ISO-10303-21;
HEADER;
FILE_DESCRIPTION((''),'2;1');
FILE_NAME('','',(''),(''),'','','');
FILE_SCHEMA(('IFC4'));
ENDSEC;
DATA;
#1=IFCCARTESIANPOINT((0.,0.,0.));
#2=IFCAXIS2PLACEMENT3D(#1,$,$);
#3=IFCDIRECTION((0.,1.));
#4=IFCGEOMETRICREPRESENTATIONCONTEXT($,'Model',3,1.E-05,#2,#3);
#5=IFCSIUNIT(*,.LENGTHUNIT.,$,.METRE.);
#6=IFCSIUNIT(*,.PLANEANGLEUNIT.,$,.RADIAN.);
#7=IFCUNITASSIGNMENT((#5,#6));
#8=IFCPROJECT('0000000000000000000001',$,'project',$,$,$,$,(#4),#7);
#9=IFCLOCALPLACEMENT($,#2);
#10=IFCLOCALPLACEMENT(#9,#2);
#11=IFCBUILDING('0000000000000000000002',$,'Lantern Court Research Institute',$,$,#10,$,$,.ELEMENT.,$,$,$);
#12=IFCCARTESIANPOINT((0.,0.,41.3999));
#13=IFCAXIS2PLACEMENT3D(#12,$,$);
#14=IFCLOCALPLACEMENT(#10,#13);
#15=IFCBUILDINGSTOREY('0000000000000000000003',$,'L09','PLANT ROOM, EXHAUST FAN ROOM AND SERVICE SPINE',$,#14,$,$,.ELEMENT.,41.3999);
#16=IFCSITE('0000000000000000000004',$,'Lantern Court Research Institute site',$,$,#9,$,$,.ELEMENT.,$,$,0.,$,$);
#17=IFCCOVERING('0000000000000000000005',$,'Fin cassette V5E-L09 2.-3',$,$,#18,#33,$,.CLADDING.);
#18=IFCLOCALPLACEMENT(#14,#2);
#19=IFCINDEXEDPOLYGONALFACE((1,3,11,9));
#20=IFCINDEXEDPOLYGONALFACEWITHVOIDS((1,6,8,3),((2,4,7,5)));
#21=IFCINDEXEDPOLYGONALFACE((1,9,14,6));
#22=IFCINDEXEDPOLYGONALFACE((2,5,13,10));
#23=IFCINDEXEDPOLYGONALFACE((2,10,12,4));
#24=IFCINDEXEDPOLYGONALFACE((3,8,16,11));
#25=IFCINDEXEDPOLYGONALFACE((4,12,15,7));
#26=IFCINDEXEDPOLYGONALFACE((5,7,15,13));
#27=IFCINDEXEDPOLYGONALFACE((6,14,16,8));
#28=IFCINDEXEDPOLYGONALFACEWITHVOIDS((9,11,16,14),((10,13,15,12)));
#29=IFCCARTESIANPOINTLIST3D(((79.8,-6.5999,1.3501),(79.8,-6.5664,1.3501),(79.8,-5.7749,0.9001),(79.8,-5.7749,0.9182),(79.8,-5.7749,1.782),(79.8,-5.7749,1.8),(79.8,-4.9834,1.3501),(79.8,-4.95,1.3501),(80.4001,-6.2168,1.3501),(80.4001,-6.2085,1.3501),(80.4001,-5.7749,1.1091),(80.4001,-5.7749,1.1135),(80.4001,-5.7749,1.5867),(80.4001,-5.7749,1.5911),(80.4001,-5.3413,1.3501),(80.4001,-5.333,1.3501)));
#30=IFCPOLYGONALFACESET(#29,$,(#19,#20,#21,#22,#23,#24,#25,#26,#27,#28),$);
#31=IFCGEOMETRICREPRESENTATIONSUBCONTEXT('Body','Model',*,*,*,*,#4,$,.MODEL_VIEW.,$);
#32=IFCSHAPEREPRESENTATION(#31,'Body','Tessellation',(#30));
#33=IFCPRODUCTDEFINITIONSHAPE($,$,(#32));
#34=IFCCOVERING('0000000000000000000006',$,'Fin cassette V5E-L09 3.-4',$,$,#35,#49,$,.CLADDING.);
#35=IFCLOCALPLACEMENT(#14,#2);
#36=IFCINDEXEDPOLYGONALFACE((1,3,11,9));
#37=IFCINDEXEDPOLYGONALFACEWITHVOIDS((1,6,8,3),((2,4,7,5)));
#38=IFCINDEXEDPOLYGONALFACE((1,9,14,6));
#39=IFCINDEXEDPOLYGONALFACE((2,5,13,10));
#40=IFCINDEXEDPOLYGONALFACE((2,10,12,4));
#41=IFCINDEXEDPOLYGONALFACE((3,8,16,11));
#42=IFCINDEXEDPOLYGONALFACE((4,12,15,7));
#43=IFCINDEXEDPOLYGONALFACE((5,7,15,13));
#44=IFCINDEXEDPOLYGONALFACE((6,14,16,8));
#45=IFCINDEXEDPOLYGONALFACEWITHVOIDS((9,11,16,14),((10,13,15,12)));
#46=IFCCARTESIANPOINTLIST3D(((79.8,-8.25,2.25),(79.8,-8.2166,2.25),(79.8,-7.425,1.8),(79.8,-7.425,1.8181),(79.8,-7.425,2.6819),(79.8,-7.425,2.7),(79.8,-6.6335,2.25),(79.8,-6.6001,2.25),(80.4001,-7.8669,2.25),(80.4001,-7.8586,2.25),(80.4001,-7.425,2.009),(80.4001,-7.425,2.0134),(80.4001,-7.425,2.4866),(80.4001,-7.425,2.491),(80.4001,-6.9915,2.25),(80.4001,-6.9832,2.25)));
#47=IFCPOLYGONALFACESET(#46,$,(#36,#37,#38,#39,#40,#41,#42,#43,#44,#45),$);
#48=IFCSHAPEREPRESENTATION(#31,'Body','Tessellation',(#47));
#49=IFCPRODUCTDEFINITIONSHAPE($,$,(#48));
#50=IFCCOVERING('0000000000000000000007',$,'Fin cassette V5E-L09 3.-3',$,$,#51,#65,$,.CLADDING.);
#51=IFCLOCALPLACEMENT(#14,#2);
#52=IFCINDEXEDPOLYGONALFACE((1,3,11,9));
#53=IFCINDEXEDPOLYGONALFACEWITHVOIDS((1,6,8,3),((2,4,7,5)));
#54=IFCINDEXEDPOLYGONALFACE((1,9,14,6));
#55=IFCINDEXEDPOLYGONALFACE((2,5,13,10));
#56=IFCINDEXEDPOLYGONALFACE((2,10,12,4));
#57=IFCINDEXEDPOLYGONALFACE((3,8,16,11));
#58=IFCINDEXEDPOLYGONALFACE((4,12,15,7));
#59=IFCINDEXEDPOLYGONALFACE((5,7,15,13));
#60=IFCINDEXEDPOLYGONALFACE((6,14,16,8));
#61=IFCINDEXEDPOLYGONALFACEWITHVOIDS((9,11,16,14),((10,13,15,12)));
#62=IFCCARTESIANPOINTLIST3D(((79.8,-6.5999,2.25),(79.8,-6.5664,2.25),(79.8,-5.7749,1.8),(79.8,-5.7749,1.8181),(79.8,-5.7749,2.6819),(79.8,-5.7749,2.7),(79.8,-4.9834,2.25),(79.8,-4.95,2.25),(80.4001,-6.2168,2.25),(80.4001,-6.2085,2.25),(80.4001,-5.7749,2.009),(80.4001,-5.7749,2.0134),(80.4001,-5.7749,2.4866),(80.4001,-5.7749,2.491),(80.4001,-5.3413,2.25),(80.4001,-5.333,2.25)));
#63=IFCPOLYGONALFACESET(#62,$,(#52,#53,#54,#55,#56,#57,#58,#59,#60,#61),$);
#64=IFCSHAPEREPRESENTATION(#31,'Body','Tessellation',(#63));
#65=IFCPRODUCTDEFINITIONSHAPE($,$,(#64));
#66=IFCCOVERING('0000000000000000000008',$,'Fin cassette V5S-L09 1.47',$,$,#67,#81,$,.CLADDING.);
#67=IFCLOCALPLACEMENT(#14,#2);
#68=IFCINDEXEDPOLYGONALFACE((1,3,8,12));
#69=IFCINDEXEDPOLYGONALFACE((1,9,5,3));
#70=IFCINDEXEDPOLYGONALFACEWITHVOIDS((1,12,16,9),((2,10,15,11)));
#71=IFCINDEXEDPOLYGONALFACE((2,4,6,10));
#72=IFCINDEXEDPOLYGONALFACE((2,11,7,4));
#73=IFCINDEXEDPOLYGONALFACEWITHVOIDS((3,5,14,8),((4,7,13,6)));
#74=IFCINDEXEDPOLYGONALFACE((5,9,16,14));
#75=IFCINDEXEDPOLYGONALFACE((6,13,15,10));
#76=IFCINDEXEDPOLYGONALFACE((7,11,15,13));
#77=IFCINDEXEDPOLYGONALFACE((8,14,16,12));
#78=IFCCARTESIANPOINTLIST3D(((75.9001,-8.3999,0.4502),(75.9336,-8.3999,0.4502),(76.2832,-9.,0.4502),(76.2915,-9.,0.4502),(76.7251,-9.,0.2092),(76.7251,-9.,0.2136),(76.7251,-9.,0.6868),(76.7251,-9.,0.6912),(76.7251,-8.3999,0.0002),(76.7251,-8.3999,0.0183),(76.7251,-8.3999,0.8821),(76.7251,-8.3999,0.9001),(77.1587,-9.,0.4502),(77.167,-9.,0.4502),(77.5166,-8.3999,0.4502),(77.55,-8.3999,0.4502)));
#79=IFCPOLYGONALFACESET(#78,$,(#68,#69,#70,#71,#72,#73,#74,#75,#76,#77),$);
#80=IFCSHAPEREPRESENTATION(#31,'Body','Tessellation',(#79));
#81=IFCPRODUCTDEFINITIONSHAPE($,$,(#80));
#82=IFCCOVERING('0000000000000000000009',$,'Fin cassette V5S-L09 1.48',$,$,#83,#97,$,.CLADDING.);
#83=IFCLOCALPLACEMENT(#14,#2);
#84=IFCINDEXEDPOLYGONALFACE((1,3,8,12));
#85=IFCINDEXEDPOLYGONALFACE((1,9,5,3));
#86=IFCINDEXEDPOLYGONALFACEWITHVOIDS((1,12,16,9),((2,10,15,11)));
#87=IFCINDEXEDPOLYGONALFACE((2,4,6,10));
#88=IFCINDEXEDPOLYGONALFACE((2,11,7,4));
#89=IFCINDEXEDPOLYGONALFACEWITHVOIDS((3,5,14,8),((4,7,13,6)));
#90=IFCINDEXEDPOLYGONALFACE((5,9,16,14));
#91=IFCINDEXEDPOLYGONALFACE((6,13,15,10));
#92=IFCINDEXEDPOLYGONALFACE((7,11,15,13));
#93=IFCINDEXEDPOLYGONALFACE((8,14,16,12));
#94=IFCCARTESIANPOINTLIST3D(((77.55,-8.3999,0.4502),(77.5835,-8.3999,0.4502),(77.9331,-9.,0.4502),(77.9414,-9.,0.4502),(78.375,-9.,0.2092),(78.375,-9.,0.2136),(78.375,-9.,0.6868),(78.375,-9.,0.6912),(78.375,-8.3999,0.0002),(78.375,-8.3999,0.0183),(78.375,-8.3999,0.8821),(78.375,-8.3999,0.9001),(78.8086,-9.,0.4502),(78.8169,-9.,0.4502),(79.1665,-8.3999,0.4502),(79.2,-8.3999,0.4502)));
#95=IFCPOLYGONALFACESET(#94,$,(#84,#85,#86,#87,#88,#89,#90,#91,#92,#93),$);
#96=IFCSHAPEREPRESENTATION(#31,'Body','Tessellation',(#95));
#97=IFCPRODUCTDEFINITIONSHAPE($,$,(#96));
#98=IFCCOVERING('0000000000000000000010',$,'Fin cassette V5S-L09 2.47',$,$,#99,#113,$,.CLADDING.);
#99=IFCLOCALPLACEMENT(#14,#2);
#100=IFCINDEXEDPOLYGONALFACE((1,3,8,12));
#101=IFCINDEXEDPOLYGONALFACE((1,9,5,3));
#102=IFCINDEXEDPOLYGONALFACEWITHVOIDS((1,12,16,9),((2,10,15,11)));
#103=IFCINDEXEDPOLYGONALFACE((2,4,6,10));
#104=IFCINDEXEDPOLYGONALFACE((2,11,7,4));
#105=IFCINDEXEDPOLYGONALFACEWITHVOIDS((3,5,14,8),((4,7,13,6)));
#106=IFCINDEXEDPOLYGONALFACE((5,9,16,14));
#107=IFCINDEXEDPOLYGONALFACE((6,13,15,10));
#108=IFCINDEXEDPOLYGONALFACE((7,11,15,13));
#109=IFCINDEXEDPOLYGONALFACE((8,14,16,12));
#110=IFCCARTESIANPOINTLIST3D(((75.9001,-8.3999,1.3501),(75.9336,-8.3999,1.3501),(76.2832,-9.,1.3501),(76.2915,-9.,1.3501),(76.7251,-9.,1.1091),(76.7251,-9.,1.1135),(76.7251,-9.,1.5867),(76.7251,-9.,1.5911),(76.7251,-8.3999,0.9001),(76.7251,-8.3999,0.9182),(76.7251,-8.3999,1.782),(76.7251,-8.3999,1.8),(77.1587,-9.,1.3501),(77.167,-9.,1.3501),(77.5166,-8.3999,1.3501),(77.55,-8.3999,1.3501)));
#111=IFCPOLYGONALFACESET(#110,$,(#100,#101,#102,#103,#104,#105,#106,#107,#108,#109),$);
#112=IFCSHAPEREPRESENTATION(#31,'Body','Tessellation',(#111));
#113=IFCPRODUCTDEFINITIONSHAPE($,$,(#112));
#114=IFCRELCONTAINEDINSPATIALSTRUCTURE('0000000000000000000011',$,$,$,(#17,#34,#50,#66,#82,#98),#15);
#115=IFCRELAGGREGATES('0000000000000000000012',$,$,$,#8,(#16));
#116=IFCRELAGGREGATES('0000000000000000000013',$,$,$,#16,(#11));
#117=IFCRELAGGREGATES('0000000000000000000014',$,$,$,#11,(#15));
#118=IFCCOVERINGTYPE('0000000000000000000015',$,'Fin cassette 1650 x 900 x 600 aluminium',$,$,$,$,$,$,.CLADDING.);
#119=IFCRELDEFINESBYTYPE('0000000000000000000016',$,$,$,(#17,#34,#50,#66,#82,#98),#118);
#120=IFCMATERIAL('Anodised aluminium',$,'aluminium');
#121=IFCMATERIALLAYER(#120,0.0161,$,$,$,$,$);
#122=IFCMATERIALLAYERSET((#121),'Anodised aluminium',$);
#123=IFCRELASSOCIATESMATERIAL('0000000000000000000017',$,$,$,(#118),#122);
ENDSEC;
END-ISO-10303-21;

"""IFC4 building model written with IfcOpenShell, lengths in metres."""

from ifc_helpers import new_model, entity, si_unit, direction, frame, origin, place, context, subcontext, project, spatial, material, layer, layer_set, type_object, element, save


model = new_model("IFC4")

# Units and contexts
model_context = context("Model", 3, precision=1e-05, world=origin(), true_north=direction((0.0, 1.0)))
body_context = subcontext(model_context, "Body", "Model", "MODEL_VIEW")
ifc_project = project(units=[si_unit("LENGTHUNIT", "METRE"), si_unit("PLANEANGLEUNIT", "RADIAN")], contexts=[model_context])

# Site, building, storey
site_placement = place(None, origin())
site = spatial("IfcSite", under=ifc_project, at=site_placement, Name="Lantern Court Research Institute site", CompositionType="ELEMENT", RefElevation=0.0)
building_placement = place(site_placement, origin())
building = spatial("IfcBuilding", under=site, at=building_placement, Name="Lantern Court Research Institute", CompositionType="ELEMENT")
storey_placement = place(building_placement, frame((0.0, 0.0, 41.3999)))
storey = spatial("IfcBuildingStorey", under=building, at=storey_placement, Name="L09", Description="PLANT ROOM, EXHAUST FAN ROOM AND SERVICE SPINE", CompositionType="ELEMENT", Elevation=41.3999)

# Coverings
ifc_material_1 = material(Name="Anodised aluminium", Category="aluminium")
ifc_layer_1 = layer(ifc_material_1, 0.0161)
ifc_layer_set_1 = layer_set([ifc_layer_1], Name="Anodised aluminium")
covering_type = type_object("IfcCoveringType", Name="Fin cassette 1650 x 900 x 600 aluminium", PredefinedType="CLADDING", material=ifc_layer_set_1)
covering_1_placement = place(storey_placement, frame((79.8, -5.7749, 1.3501), z_axis=(1.0, 0.0, 0.0), x_axis=(0.0, 1.0, 0.0)))
cartesian_point_1 = entity("IfcCartesianPoint", [0.825, 0.0])
cartesian_point_2 = entity("IfcCartesianPoint", [0.7915, 0.0])
cartesian_point_3 = entity("IfcCartesianPoint", [0.4419, 0.0])
cartesian_point_4 = entity("IfcCartesianPoint", [0.4336, 0.0])
element("IfcCovering", 1, at=covering_1_placement, inside=storey, type_object=covering_type, Name="Fin cassette V5E-L09 2.-3", PredefinedType="CLADDING", context=body_context, shape_type="SweptSolid", body=[
    entity("IfcExtrudedAreaSolidTapered", entity("IfcArbitraryProfileDefWithVoids", "AREA", None, entity("IfcPolyline", [cartesian_point_1, entity("IfcCartesianPoint", [0.0, 0.45]), entity("IfcCartesianPoint", [-0.825, 0.0]), entity("IfcCartesianPoint", [0.0, -0.45]), cartesian_point_1]), [entity("IfcPolyline", [cartesian_point_2, entity("IfcCartesianPoint", [0.0, 0.4319]), entity("IfcCartesianPoint", [-0.7915, 0.0]), entity("IfcCartesianPoint", [0.0, -0.4319]), cartesian_point_2])]), entity("IfcAxis2Placement3D", entity("IfcCartesianPoint", [0.0, 0.0, 0.0])), entity("IfcDirection", [0.0, 0.0, 1.0]), 0.6001, entity("IfcArbitraryProfileDefWithVoids", "AREA", None, entity("IfcPolyline", [cartesian_point_3, entity("IfcCartesianPoint", [0.0, 0.241]), entity("IfcCartesianPoint", [-0.4419, 0.0]), entity("IfcCartesianPoint", [0.0, -0.241]), cartesian_point_3]), [entity("IfcPolyline", [cartesian_point_4, entity("IfcCartesianPoint", [0.0, 0.2366]), entity("IfcCartesianPoint", [-0.4336, 0.0]), entity("IfcCartesianPoint", [0.0, -0.2366]), cartesian_point_4])])),
])
covering_2_placement = place(storey_placement, frame((79.8, -7.425, 2.25), z_axis=(1.0, 0.0, 0.0), x_axis=(0.0, 1.0, 0.0)))
cartesian_point_5 = entity("IfcCartesianPoint", [0.825, 0.0])
cartesian_point_6 = entity("IfcCartesianPoint", [0.7915, 0.0])
cartesian_point_7 = entity("IfcCartesianPoint", [0.4419, 0.0])
cartesian_point_8 = entity("IfcCartesianPoint", [0.4336, 0.0])
element("IfcCovering", 2, at=covering_2_placement, inside=storey, type_object=covering_type, Name="Fin cassette V5E-L09 3.-4", PredefinedType="CLADDING", context=body_context, shape_type="SweptSolid", body=[
    entity("IfcExtrudedAreaSolidTapered", entity("IfcArbitraryProfileDefWithVoids", "AREA", None, entity("IfcPolyline", [cartesian_point_5, entity("IfcCartesianPoint", [0.0, 0.45]), entity("IfcCartesianPoint", [-0.825, 0.0]), entity("IfcCartesianPoint", [0.0, -0.45]), cartesian_point_5]), [entity("IfcPolyline", [cartesian_point_6, entity("IfcCartesianPoint", [0.0, 0.4319]), entity("IfcCartesianPoint", [-0.7915, 0.0]), entity("IfcCartesianPoint", [0.0, -0.4319]), cartesian_point_6])]), entity("IfcAxis2Placement3D", entity("IfcCartesianPoint", [0.0, 0.0, 0.0])), entity("IfcDirection", [0.0, 0.0, 1.0]), 0.6001, entity("IfcArbitraryProfileDefWithVoids", "AREA", None, entity("IfcPolyline", [cartesian_point_7, entity("IfcCartesianPoint", [0.0, 0.241]), entity("IfcCartesianPoint", [-0.4419, 0.0]), entity("IfcCartesianPoint", [0.0, -0.241]), cartesian_point_7]), [entity("IfcPolyline", [cartesian_point_8, entity("IfcCartesianPoint", [0.0, 0.2366]), entity("IfcCartesianPoint", [-0.4336, 0.0]), entity("IfcCartesianPoint", [0.0, -0.2366]), cartesian_point_8])])),
])
covering_3_placement = place(storey_placement, frame((79.8, -5.7749, 2.25), z_axis=(1.0, 0.0, 0.0), x_axis=(0.0, 1.0, 0.0)))
cartesian_point_9 = entity("IfcCartesianPoint", [0.825, 0.0])
cartesian_point_10 = entity("IfcCartesianPoint", [0.7915, 0.0])
cartesian_point_11 = entity("IfcCartesianPoint", [0.4419, 0.0])
cartesian_point_12 = entity("IfcCartesianPoint", [0.4336, 0.0])
element("IfcCovering", 3, at=covering_3_placement, inside=storey, type_object=covering_type, Name="Fin cassette V5E-L09 3.-3", PredefinedType="CLADDING", context=body_context, shape_type="SweptSolid", body=[
    entity("IfcExtrudedAreaSolidTapered", entity("IfcArbitraryProfileDefWithVoids", "AREA", None, entity("IfcPolyline", [cartesian_point_9, entity("IfcCartesianPoint", [0.0, 0.45]), entity("IfcCartesianPoint", [-0.825, 0.0]), entity("IfcCartesianPoint", [0.0, -0.45]), cartesian_point_9]), [entity("IfcPolyline", [cartesian_point_10, entity("IfcCartesianPoint", [0.0, 0.4319]), entity("IfcCartesianPoint", [-0.7915, 0.0]), entity("IfcCartesianPoint", [0.0, -0.4319]), cartesian_point_10])]), entity("IfcAxis2Placement3D", entity("IfcCartesianPoint", [0.0, 0.0, 0.0])), entity("IfcDirection", [0.0, 0.0, 1.0]), 0.6001, entity("IfcArbitraryProfileDefWithVoids", "AREA", None, entity("IfcPolyline", [cartesian_point_11, entity("IfcCartesianPoint", [0.0, 0.241]), entity("IfcCartesianPoint", [-0.4419, 0.0]), entity("IfcCartesianPoint", [0.0, -0.241]), cartesian_point_11]), [entity("IfcPolyline", [cartesian_point_12, entity("IfcCartesianPoint", [0.0, 0.2366]), entity("IfcCartesianPoint", [-0.4336, 0.0]), entity("IfcCartesianPoint", [0.0, -0.2366]), cartesian_point_12])])),
])
covering_4_placement = place(storey_placement, frame((76.7251, -8.3999, 0.4502), z_axis=(0.0, -1.0, 0.0), x_axis=(1.0, 0.0, 0.0)))
cartesian_point_13 = entity("IfcCartesianPoint", [0.825, 0.0])
cartesian_point_14 = entity("IfcCartesianPoint", [0.7915, 0.0])
cartesian_point_15 = entity("IfcCartesianPoint", [0.4419, 0.0])
cartesian_point_16 = entity("IfcCartesianPoint", [0.4336, 0.0])
element("IfcCovering", 4, at=covering_4_placement, inside=storey, type_object=covering_type, Name="Fin cassette V5S-L09 1.47", PredefinedType="CLADDING", context=body_context, shape_type="SweptSolid", body=[
    entity("IfcExtrudedAreaSolidTapered", entity("IfcArbitraryProfileDefWithVoids", "AREA", None, entity("IfcPolyline", [cartesian_point_13, entity("IfcCartesianPoint", [0.0, 0.45]), entity("IfcCartesianPoint", [-0.825, 0.0]), entity("IfcCartesianPoint", [0.0, -0.45]), cartesian_point_13]), [entity("IfcPolyline", [cartesian_point_14, entity("IfcCartesianPoint", [0.0, 0.4319]), entity("IfcCartesianPoint", [-0.7915, 0.0]), entity("IfcCartesianPoint", [0.0, -0.4319]), cartesian_point_14])]), entity("IfcAxis2Placement3D", entity("IfcCartesianPoint", [0.0, 0.0, 0.0])), entity("IfcDirection", [0.0, 0.0, 1.0]), 0.6001, entity("IfcArbitraryProfileDefWithVoids", "AREA", None, entity("IfcPolyline", [cartesian_point_15, entity("IfcCartesianPoint", [0.0, 0.241]), entity("IfcCartesianPoint", [-0.4419, 0.0]), entity("IfcCartesianPoint", [0.0, -0.241]), cartesian_point_15]), [entity("IfcPolyline", [cartesian_point_16, entity("IfcCartesianPoint", [0.0, 0.2366]), entity("IfcCartesianPoint", [-0.4336, 0.0]), entity("IfcCartesianPoint", [0.0, -0.2366]), cartesian_point_16])])),
])
covering_5_placement = place(storey_placement, frame((78.375, -8.3999, 0.4502), z_axis=(0.0, -1.0, 0.0), x_axis=(1.0, 0.0, 0.0)))
cartesian_point_17 = entity("IfcCartesianPoint", [0.825, 0.0])
cartesian_point_18 = entity("IfcCartesianPoint", [0.7915, 0.0])
cartesian_point_19 = entity("IfcCartesianPoint", [0.4419, 0.0])
cartesian_point_20 = entity("IfcCartesianPoint", [0.4336, 0.0])
element("IfcCovering", 5, at=covering_5_placement, inside=storey, type_object=covering_type, Name="Fin cassette V5S-L09 1.48", PredefinedType="CLADDING", context=body_context, shape_type="SweptSolid", body=[
    entity("IfcExtrudedAreaSolidTapered", entity("IfcArbitraryProfileDefWithVoids", "AREA", None, entity("IfcPolyline", [cartesian_point_17, entity("IfcCartesianPoint", [0.0, 0.45]), entity("IfcCartesianPoint", [-0.825, 0.0]), entity("IfcCartesianPoint", [0.0, -0.45]), cartesian_point_17]), [entity("IfcPolyline", [cartesian_point_18, entity("IfcCartesianPoint", [0.0, 0.4319]), entity("IfcCartesianPoint", [-0.7915, 0.0]), entity("IfcCartesianPoint", [0.0, -0.4319]), cartesian_point_18])]), entity("IfcAxis2Placement3D", entity("IfcCartesianPoint", [0.0, 0.0, 0.0])), entity("IfcDirection", [0.0, 0.0, 1.0]), 0.6001, entity("IfcArbitraryProfileDefWithVoids", "AREA", None, entity("IfcPolyline", [cartesian_point_19, entity("IfcCartesianPoint", [0.0, 0.241]), entity("IfcCartesianPoint", [-0.4419, 0.0]), entity("IfcCartesianPoint", [0.0, -0.241]), cartesian_point_19]), [entity("IfcPolyline", [cartesian_point_20, entity("IfcCartesianPoint", [0.0, 0.2366]), entity("IfcCartesianPoint", [-0.4336, 0.0]), entity("IfcCartesianPoint", [0.0, -0.2366]), cartesian_point_20])])),
])
covering_6_placement = place(storey_placement, frame((76.7251, -8.3999, 1.3501), z_axis=(0.0, -1.0, 0.0), x_axis=(1.0, 0.0, 0.0)))
cartesian_point_21 = entity("IfcCartesianPoint", [0.825, 0.0])
cartesian_point_22 = entity("IfcCartesianPoint", [0.7915, 0.0])
cartesian_point_23 = entity("IfcCartesianPoint", [0.4419, 0.0])
cartesian_point_24 = entity("IfcCartesianPoint", [0.4336, 0.0])
element("IfcCovering", 6, at=covering_6_placement, inside=storey, type_object=covering_type, Name="Fin cassette V5S-L09 2.47", PredefinedType="CLADDING", context=body_context, shape_type="SweptSolid", body=[
    entity("IfcExtrudedAreaSolidTapered", entity("IfcArbitraryProfileDefWithVoids", "AREA", None, entity("IfcPolyline", [cartesian_point_21, entity("IfcCartesianPoint", [0.0, 0.45]), entity("IfcCartesianPoint", [-0.825, 0.0]), entity("IfcCartesianPoint", [0.0, -0.45]), cartesian_point_21]), [entity("IfcPolyline", [cartesian_point_22, entity("IfcCartesianPoint", [0.0, 0.4319]), entity("IfcCartesianPoint", [-0.7915, 0.0]), entity("IfcCartesianPoint", [0.0, -0.4319]), cartesian_point_22])]), entity("IfcAxis2Placement3D", entity("IfcCartesianPoint", [0.0, 0.0, 0.0])), entity("IfcDirection", [0.0, 0.0, 1.0]), 0.6001, entity("IfcArbitraryProfileDefWithVoids", "AREA", None, entity("IfcPolyline", [cartesian_point_23, entity("IfcCartesianPoint", [0.0, 0.241]), entity("IfcCartesianPoint", [-0.4419, 0.0]), entity("IfcCartesianPoint", [0.0, -0.241]), cartesian_point_23]), [entity("IfcPolyline", [cartesian_point_24, entity("IfcCartesianPoint", [0.0, 0.2366]), entity("IfcCartesianPoint", [-0.4336, 0.0]), entity("IfcCartesianPoint", [0.0, -0.2366]), cartesian_point_24])])),
])

save(model, "model.ifc")
